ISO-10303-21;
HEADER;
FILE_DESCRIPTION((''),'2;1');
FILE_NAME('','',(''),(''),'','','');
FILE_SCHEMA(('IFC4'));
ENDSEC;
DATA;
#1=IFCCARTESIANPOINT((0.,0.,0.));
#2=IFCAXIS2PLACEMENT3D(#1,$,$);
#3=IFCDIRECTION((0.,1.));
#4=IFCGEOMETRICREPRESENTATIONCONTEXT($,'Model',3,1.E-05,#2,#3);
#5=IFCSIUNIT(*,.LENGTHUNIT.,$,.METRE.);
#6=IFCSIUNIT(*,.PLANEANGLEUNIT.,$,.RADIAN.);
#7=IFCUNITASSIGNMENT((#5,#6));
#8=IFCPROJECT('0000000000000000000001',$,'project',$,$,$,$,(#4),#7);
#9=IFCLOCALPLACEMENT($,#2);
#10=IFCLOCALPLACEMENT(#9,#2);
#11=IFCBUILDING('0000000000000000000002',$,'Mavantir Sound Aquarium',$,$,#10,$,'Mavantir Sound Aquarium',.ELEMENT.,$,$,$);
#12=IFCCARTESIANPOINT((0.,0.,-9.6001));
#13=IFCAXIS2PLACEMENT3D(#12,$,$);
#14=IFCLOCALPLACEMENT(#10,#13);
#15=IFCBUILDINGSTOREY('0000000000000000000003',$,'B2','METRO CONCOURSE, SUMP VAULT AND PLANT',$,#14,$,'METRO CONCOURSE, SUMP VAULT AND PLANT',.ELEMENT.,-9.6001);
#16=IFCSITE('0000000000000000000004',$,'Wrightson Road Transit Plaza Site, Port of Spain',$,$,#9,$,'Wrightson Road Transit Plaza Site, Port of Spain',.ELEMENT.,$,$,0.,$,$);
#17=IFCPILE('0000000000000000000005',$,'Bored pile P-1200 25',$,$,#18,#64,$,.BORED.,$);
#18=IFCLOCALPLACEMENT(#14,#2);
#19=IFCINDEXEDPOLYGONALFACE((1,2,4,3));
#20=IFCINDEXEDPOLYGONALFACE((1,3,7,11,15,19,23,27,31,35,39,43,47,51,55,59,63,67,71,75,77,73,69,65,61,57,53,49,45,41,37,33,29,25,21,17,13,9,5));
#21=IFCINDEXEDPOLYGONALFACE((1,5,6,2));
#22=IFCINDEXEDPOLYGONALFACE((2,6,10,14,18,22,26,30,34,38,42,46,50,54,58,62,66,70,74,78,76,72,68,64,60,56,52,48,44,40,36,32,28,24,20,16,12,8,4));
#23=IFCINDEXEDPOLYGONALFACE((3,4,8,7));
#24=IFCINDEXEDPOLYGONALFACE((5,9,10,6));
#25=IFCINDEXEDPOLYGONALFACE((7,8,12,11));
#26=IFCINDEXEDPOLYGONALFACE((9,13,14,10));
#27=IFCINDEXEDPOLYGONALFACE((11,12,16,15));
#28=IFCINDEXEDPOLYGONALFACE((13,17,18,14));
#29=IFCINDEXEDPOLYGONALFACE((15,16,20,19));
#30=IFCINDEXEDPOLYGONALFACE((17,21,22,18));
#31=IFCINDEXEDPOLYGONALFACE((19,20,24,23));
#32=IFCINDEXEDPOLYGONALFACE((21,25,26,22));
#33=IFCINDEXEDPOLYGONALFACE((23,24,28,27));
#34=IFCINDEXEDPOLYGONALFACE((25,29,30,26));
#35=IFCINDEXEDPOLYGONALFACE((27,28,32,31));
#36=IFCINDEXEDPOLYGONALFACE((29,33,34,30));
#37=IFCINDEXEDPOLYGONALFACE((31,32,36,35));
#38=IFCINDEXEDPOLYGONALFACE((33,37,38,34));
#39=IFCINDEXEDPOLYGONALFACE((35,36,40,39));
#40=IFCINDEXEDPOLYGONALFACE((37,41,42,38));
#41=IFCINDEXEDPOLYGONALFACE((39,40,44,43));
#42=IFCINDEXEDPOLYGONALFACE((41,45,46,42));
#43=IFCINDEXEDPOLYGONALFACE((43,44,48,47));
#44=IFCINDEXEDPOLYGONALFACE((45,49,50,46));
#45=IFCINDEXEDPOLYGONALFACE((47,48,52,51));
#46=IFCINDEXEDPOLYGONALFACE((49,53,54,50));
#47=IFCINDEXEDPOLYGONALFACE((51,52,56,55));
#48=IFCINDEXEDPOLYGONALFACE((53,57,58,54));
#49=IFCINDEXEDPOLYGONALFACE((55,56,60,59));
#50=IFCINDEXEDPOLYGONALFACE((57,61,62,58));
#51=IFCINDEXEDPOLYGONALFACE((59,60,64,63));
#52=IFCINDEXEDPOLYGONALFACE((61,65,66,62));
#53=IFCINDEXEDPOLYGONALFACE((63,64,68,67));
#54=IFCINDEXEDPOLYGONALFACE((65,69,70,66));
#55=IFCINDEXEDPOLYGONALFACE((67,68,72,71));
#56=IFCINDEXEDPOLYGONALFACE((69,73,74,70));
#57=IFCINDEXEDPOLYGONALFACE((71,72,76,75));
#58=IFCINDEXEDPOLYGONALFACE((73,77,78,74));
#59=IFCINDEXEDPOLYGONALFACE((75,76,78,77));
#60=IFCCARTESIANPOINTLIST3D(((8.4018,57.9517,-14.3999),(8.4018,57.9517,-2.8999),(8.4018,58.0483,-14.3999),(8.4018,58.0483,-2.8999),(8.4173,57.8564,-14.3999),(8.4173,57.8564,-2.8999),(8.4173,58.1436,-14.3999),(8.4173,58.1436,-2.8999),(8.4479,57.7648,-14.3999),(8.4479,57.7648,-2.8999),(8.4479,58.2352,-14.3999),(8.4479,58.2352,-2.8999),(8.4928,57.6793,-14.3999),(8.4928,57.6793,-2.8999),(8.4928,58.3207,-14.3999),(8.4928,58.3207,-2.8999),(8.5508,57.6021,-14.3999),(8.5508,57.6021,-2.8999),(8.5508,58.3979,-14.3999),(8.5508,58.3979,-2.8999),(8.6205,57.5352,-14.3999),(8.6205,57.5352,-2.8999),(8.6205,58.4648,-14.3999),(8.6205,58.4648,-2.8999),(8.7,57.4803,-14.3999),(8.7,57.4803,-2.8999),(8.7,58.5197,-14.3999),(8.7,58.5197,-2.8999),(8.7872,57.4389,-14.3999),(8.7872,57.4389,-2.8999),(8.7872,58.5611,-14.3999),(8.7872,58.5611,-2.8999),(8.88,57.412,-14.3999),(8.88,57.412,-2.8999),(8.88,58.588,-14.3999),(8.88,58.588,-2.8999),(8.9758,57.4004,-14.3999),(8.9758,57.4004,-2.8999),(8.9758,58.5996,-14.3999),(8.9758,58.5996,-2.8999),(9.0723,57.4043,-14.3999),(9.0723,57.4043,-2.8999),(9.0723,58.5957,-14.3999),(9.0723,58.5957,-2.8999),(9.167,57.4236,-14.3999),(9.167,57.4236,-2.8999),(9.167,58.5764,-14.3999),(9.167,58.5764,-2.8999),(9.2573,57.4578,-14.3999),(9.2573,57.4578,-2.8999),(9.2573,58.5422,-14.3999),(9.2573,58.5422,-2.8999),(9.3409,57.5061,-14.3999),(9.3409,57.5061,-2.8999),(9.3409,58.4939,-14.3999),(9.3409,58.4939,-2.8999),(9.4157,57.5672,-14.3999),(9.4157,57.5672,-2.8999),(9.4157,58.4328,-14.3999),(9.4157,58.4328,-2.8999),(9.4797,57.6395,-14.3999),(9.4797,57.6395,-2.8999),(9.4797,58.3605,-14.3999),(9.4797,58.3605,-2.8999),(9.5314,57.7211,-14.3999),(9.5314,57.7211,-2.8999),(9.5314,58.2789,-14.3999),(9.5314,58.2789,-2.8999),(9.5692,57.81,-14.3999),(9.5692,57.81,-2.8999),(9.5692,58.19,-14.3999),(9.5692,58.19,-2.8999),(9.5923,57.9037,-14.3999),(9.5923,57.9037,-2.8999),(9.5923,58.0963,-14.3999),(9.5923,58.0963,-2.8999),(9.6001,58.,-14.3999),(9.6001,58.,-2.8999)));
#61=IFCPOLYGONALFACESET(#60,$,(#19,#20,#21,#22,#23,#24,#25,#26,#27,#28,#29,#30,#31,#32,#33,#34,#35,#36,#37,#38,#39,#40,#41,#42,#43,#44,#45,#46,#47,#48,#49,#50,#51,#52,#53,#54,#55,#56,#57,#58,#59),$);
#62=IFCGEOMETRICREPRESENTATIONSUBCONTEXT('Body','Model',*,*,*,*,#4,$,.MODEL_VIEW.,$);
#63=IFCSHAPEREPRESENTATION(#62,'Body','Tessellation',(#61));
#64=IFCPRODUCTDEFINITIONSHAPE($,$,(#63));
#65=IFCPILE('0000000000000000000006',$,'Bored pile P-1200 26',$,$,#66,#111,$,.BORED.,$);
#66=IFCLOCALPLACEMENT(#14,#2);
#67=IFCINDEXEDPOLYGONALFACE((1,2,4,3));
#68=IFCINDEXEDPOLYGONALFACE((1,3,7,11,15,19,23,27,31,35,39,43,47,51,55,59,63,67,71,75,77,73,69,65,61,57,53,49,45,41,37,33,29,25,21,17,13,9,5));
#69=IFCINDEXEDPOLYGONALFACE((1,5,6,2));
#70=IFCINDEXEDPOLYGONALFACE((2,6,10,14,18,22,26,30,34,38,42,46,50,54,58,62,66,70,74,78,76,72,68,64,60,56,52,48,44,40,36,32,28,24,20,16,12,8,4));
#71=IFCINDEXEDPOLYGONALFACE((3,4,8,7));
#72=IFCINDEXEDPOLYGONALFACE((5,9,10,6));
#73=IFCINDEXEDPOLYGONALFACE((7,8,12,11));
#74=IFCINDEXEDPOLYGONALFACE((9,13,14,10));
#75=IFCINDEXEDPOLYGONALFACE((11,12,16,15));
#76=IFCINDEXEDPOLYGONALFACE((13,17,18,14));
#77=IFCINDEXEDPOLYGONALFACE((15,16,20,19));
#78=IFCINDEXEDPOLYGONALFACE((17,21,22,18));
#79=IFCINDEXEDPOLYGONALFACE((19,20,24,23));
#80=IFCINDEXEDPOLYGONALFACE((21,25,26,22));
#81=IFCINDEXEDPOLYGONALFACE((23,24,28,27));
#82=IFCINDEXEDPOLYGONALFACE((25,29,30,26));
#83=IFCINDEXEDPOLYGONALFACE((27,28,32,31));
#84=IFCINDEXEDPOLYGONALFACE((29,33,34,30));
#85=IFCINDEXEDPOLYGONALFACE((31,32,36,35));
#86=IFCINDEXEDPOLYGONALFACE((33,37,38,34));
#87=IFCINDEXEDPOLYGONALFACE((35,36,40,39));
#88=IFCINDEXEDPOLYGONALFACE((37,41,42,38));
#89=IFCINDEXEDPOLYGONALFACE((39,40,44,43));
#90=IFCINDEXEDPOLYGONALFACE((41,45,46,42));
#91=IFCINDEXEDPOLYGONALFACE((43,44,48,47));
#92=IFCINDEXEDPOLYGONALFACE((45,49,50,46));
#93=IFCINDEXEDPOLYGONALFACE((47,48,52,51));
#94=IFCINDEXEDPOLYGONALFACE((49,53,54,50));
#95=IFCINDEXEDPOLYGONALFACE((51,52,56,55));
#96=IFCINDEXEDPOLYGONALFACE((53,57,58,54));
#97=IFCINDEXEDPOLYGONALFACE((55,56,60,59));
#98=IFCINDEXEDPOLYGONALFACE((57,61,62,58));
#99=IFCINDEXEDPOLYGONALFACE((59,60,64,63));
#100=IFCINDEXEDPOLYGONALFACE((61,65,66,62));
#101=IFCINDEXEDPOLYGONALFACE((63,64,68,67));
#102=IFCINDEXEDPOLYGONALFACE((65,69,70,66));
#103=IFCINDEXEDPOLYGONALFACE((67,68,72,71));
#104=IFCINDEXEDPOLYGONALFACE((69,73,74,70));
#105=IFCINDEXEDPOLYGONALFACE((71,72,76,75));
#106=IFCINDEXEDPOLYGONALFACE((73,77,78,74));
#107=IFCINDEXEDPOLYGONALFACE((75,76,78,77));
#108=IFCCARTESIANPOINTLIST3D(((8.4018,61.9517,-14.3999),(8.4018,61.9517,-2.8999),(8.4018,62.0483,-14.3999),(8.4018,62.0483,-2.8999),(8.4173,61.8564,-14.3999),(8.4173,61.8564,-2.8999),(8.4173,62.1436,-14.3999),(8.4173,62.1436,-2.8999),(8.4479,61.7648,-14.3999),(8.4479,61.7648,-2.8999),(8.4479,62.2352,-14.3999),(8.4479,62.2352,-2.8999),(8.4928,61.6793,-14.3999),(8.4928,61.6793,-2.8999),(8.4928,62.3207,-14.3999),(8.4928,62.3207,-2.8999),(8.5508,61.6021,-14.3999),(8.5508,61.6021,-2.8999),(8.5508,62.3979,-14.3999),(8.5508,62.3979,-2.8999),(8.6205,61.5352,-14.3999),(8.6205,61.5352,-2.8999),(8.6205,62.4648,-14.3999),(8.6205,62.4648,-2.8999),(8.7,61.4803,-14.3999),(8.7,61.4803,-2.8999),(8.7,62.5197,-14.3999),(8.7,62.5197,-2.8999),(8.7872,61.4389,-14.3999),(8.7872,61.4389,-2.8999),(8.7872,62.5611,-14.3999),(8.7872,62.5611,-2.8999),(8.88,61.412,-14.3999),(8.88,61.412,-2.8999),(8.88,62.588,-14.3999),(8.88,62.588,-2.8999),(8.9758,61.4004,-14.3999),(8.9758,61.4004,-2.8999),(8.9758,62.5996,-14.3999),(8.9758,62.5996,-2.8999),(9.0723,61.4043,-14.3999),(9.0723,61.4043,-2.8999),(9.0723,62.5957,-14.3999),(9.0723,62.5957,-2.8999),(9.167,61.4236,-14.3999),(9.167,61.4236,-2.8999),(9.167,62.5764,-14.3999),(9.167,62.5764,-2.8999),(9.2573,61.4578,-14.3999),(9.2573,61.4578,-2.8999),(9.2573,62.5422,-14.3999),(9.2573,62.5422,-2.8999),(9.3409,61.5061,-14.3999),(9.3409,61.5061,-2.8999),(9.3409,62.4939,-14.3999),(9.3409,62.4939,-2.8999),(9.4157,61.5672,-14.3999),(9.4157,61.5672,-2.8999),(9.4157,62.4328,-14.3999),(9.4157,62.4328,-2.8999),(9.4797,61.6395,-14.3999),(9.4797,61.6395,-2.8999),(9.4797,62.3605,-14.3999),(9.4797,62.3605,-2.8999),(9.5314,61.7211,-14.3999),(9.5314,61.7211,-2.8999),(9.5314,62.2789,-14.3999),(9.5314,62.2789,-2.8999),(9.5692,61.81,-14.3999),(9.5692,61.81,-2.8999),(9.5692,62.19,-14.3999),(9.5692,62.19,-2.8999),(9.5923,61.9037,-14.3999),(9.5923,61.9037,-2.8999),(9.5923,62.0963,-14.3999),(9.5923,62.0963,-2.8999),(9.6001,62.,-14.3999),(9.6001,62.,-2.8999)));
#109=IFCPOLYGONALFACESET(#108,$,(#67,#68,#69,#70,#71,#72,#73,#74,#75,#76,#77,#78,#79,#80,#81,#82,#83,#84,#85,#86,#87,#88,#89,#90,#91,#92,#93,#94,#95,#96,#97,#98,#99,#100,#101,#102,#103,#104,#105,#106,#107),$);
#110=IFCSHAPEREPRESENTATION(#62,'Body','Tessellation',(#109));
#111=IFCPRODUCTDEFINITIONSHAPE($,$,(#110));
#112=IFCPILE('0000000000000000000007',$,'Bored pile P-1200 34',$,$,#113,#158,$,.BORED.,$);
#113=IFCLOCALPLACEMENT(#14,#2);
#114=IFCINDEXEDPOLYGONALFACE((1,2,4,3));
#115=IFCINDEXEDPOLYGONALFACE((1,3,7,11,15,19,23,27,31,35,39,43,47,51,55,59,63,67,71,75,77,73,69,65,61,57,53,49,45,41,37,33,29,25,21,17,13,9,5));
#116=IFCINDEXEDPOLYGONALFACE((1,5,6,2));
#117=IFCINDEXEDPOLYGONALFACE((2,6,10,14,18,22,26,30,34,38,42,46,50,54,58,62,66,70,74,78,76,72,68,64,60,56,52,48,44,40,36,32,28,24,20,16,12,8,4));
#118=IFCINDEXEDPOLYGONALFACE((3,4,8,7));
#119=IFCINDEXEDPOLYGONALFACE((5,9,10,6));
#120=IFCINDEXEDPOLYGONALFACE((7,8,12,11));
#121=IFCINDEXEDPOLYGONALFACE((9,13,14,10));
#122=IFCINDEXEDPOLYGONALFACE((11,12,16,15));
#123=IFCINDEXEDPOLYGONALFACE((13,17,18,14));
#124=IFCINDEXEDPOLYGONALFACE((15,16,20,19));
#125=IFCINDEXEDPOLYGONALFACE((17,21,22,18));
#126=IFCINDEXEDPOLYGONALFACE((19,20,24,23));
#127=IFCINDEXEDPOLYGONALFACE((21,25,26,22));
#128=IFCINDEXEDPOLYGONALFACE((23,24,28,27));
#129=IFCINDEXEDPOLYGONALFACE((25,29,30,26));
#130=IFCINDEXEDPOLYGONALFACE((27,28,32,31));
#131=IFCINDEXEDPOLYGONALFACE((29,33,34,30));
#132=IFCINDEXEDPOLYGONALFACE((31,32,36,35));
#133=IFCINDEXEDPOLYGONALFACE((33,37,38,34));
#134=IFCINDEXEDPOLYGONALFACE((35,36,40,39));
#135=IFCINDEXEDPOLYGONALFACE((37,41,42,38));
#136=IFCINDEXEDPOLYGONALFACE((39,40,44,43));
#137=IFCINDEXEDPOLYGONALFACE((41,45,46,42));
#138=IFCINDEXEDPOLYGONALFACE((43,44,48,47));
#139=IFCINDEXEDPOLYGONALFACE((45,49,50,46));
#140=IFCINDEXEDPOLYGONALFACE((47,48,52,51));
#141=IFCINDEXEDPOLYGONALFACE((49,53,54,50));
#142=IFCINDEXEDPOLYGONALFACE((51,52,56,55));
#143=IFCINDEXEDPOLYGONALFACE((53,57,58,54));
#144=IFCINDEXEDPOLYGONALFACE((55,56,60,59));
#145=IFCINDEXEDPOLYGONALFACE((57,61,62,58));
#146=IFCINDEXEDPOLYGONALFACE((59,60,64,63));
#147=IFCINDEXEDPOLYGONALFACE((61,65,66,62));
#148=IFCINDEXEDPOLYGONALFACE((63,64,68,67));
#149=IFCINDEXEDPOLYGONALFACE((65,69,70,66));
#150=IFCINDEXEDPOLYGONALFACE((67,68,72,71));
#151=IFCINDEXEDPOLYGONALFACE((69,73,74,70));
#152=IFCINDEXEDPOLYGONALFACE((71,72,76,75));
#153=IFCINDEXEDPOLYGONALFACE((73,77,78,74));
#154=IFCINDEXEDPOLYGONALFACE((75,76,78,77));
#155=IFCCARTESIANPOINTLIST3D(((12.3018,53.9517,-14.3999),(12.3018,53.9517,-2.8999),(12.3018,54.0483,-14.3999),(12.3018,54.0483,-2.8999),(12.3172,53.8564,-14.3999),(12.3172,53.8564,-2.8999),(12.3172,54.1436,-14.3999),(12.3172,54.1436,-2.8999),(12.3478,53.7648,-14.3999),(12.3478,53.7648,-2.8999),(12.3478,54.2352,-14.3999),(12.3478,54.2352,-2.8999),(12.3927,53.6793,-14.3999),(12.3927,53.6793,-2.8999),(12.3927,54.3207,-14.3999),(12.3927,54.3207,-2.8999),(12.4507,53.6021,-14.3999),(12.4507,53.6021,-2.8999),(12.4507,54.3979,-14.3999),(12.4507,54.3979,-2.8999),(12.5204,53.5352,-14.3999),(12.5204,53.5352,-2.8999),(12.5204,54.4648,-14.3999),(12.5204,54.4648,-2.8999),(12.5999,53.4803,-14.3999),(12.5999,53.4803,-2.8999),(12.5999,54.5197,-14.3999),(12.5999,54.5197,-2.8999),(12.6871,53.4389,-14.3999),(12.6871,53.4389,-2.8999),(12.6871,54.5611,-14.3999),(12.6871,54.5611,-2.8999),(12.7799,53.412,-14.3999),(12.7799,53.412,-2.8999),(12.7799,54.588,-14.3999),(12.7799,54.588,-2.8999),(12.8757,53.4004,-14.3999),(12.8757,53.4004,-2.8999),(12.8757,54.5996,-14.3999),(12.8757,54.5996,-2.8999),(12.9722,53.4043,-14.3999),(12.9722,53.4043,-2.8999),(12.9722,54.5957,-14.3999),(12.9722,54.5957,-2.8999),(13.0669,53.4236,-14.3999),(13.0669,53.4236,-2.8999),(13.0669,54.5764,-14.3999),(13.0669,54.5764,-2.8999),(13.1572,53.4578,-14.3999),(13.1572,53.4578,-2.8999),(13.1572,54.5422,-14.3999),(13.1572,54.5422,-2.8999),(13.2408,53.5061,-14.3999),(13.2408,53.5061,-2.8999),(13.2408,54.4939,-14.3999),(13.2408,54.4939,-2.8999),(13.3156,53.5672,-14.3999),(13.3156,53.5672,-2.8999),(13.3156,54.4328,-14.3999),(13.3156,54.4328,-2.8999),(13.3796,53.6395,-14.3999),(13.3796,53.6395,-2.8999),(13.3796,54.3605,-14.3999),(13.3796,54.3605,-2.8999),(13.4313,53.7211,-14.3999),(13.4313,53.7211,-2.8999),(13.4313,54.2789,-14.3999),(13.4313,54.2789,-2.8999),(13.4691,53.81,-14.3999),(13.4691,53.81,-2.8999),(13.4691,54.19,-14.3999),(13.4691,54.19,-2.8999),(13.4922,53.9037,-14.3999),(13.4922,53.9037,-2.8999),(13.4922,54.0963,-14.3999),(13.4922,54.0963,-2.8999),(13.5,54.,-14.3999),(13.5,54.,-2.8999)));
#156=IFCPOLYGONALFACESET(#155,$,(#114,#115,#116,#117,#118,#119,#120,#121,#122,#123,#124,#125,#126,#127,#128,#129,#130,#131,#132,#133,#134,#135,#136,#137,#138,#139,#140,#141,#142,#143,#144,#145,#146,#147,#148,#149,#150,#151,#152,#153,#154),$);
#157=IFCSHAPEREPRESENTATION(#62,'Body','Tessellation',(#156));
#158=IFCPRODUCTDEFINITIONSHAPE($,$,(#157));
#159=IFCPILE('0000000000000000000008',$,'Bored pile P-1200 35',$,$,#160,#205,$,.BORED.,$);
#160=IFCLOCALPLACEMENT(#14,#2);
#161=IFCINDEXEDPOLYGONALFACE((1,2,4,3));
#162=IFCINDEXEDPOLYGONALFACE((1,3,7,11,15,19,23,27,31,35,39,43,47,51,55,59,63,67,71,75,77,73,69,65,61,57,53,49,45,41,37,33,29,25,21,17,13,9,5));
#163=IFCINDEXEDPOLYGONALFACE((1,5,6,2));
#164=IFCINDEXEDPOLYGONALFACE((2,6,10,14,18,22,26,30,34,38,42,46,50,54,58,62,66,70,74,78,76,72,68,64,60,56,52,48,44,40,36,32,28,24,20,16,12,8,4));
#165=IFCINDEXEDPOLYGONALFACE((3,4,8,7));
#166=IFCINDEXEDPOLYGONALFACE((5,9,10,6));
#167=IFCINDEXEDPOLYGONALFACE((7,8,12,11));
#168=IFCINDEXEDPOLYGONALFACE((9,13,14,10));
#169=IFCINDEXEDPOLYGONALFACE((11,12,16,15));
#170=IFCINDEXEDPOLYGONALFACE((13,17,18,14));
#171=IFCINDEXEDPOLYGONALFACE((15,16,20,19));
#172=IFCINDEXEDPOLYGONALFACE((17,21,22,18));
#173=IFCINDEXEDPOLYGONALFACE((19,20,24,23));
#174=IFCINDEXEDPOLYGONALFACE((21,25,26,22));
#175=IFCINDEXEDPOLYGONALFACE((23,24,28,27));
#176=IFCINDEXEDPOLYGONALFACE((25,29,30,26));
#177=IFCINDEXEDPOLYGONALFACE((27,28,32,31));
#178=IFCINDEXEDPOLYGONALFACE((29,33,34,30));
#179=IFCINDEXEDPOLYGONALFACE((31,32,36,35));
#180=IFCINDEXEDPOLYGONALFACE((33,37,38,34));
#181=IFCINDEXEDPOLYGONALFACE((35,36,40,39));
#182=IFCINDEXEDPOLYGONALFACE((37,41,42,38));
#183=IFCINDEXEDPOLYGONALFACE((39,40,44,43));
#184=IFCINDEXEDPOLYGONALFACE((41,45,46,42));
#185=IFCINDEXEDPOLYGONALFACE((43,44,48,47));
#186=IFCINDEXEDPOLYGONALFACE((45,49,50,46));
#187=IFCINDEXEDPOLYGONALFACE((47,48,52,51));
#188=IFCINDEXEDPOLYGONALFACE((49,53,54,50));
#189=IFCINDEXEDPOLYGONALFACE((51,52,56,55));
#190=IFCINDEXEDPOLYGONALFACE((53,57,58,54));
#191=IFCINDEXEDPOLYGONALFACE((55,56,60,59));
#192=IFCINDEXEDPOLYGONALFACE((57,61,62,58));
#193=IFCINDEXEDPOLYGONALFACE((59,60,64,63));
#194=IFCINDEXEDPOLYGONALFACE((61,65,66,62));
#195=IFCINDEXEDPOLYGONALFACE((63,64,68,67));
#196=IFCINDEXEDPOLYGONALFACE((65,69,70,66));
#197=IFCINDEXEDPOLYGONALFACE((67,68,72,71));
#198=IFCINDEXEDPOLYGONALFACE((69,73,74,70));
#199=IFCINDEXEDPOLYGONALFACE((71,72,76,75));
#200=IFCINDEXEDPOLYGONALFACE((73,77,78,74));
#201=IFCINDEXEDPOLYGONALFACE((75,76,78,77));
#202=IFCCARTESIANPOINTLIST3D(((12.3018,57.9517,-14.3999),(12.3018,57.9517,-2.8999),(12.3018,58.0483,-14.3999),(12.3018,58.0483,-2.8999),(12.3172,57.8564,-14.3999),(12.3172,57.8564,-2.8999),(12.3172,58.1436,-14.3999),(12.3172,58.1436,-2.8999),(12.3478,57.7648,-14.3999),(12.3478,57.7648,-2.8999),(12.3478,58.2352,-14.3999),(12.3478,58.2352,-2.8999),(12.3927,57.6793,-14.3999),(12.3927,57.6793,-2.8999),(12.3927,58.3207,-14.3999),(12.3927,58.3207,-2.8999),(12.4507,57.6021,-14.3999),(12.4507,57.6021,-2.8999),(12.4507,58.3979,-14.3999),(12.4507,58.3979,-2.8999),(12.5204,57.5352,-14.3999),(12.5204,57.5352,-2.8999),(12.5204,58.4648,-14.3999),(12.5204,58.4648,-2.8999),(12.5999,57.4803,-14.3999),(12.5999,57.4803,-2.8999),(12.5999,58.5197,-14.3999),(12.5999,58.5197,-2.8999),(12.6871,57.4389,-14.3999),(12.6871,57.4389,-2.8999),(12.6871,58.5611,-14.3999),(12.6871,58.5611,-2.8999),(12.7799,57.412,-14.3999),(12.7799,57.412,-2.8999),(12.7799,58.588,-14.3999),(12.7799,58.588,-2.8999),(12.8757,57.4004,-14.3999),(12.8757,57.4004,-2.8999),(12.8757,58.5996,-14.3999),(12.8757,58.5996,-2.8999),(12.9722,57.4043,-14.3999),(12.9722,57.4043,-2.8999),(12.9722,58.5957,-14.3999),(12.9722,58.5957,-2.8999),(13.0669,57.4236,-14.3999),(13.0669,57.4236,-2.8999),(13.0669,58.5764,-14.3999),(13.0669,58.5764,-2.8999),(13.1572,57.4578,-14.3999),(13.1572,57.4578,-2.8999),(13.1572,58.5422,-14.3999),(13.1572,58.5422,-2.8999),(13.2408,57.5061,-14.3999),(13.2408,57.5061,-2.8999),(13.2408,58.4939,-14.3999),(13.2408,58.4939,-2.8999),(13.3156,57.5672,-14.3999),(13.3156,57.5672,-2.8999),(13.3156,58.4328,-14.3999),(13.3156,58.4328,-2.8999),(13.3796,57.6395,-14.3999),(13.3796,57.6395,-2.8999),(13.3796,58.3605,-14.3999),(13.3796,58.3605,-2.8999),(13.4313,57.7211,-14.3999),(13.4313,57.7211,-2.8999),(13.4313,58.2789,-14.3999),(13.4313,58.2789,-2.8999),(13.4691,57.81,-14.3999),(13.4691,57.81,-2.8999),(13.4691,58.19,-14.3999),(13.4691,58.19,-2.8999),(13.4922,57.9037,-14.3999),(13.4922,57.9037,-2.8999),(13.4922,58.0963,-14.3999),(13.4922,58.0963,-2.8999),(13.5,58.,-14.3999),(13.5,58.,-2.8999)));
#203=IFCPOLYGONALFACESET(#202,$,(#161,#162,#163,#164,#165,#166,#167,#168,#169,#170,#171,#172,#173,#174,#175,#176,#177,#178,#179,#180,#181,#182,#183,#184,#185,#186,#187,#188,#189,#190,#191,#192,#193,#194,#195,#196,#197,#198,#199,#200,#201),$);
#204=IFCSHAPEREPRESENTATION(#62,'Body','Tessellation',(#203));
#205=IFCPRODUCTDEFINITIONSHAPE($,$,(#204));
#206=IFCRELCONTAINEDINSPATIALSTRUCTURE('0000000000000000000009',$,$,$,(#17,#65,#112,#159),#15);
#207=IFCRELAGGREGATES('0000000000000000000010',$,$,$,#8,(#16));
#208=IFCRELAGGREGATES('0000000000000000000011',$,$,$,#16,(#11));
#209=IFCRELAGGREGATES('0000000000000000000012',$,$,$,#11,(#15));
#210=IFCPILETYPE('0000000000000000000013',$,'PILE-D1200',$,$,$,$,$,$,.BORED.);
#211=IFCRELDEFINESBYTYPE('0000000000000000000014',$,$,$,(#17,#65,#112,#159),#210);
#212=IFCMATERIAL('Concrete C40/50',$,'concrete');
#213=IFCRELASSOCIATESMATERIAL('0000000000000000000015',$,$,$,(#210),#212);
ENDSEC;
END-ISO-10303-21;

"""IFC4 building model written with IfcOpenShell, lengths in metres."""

from ifc_helpers import new_model, si_unit, direction, frame, origin, origin_2d, place, context, subcontext, project, spatial, circle, extrude, material, material_profile, profile_set, type_object, element, save


model = new_model("IFC4")

# Units and contexts
model_context = context("Model", 3, precision=1e-05, world=origin(), true_north=direction((0.0, 1.0)))
body_context = subcontext(model_context, "Body", "Model", "MODEL_VIEW")
ifc_project = project(units=[si_unit("LENGTHUNIT", "METRE"), si_unit("PLANEANGLEUNIT", "RADIAN")], contexts=[model_context])

# Site, building, storey
site_placement = place(None, origin())
site = spatial("IfcSite", under=ifc_project, at=site_placement, Name="Wrightson Road Transit Plaza Site, Port of Spain", LongName="Wrightson Road Transit Plaza Site, Port of Spain", CompositionType="ELEMENT", RefElevation=0.0)
building_placement = place(site_placement, origin())
building = spatial("IfcBuilding", under=site, at=building_placement, Name="Mavantir Sound Aquarium", LongName="Mavantir Sound Aquarium", CompositionType="ELEMENT")
storey_placement = place(building_placement, frame((0.0, 0.0, -9.6001)))
storey = spatial("IfcBuildingStorey", under=building, at=storey_placement, Name="B2", Description="METRO CONCOURSE, SUMP VAULT AND PLANT", LongName="METRO CONCOURSE, SUMP VAULT AND PLANT", CompositionType="ELEMENT", Elevation=-9.6001)

# Piles
ifc_material_1 = material(Name="Concrete C40/50", Category="concrete")
ifc_material_profile_1 = material_profile(ifc_material_1, circle(Radius=0.6001, at=origin_2d()), Name="PILE D1200")
ifc_profile_set_1 = profile_set([ifc_material_profile_1], Name="Concrete C40/50")
pile_type = type_object("IfcPileType", Name="PILE-D1200", PredefinedType="BORED", material=ifc_profile_set_1)
for number, where, z_axis, x_axis, name in (
    (1, (9.0, 58.0, -2.8999), (0.0, 0.0, -1.0), (1.0, 0.0, 0.0), "Bored pile P-1200 25"),
    (2, (9.0, 62.0, -2.8999), (0.0, 0.0, -1.0), (1.0, 0.0, 0.0), "Bored pile P-1200 26"),
    (3, (12.8999, 54.0, -2.8999), (0.0, 0.0, -1.0), (1.0, 0.0, 0.0), "Bored pile P-1200 34"),
    (4, (12.8999, 58.0, -2.8999), (0.0, 0.0, -1.0), (1.0, 0.0, 0.0), "Bored pile P-1200 35"),
):
    element("IfcPile", number, at=place(storey_placement, frame(where, z_axis=z_axis, x_axis=x_axis)), inside=storey, type_object=pile_type, Name=name, PredefinedType="BORED", context=body_context, shape_type="SweptSolid", body=[
        extrude(circle(Radius=0.6001, at=origin_2d()), origin(), (0.0, 0.0, 1.0), 11.5),
    ])

save(model, "model.ifc")
